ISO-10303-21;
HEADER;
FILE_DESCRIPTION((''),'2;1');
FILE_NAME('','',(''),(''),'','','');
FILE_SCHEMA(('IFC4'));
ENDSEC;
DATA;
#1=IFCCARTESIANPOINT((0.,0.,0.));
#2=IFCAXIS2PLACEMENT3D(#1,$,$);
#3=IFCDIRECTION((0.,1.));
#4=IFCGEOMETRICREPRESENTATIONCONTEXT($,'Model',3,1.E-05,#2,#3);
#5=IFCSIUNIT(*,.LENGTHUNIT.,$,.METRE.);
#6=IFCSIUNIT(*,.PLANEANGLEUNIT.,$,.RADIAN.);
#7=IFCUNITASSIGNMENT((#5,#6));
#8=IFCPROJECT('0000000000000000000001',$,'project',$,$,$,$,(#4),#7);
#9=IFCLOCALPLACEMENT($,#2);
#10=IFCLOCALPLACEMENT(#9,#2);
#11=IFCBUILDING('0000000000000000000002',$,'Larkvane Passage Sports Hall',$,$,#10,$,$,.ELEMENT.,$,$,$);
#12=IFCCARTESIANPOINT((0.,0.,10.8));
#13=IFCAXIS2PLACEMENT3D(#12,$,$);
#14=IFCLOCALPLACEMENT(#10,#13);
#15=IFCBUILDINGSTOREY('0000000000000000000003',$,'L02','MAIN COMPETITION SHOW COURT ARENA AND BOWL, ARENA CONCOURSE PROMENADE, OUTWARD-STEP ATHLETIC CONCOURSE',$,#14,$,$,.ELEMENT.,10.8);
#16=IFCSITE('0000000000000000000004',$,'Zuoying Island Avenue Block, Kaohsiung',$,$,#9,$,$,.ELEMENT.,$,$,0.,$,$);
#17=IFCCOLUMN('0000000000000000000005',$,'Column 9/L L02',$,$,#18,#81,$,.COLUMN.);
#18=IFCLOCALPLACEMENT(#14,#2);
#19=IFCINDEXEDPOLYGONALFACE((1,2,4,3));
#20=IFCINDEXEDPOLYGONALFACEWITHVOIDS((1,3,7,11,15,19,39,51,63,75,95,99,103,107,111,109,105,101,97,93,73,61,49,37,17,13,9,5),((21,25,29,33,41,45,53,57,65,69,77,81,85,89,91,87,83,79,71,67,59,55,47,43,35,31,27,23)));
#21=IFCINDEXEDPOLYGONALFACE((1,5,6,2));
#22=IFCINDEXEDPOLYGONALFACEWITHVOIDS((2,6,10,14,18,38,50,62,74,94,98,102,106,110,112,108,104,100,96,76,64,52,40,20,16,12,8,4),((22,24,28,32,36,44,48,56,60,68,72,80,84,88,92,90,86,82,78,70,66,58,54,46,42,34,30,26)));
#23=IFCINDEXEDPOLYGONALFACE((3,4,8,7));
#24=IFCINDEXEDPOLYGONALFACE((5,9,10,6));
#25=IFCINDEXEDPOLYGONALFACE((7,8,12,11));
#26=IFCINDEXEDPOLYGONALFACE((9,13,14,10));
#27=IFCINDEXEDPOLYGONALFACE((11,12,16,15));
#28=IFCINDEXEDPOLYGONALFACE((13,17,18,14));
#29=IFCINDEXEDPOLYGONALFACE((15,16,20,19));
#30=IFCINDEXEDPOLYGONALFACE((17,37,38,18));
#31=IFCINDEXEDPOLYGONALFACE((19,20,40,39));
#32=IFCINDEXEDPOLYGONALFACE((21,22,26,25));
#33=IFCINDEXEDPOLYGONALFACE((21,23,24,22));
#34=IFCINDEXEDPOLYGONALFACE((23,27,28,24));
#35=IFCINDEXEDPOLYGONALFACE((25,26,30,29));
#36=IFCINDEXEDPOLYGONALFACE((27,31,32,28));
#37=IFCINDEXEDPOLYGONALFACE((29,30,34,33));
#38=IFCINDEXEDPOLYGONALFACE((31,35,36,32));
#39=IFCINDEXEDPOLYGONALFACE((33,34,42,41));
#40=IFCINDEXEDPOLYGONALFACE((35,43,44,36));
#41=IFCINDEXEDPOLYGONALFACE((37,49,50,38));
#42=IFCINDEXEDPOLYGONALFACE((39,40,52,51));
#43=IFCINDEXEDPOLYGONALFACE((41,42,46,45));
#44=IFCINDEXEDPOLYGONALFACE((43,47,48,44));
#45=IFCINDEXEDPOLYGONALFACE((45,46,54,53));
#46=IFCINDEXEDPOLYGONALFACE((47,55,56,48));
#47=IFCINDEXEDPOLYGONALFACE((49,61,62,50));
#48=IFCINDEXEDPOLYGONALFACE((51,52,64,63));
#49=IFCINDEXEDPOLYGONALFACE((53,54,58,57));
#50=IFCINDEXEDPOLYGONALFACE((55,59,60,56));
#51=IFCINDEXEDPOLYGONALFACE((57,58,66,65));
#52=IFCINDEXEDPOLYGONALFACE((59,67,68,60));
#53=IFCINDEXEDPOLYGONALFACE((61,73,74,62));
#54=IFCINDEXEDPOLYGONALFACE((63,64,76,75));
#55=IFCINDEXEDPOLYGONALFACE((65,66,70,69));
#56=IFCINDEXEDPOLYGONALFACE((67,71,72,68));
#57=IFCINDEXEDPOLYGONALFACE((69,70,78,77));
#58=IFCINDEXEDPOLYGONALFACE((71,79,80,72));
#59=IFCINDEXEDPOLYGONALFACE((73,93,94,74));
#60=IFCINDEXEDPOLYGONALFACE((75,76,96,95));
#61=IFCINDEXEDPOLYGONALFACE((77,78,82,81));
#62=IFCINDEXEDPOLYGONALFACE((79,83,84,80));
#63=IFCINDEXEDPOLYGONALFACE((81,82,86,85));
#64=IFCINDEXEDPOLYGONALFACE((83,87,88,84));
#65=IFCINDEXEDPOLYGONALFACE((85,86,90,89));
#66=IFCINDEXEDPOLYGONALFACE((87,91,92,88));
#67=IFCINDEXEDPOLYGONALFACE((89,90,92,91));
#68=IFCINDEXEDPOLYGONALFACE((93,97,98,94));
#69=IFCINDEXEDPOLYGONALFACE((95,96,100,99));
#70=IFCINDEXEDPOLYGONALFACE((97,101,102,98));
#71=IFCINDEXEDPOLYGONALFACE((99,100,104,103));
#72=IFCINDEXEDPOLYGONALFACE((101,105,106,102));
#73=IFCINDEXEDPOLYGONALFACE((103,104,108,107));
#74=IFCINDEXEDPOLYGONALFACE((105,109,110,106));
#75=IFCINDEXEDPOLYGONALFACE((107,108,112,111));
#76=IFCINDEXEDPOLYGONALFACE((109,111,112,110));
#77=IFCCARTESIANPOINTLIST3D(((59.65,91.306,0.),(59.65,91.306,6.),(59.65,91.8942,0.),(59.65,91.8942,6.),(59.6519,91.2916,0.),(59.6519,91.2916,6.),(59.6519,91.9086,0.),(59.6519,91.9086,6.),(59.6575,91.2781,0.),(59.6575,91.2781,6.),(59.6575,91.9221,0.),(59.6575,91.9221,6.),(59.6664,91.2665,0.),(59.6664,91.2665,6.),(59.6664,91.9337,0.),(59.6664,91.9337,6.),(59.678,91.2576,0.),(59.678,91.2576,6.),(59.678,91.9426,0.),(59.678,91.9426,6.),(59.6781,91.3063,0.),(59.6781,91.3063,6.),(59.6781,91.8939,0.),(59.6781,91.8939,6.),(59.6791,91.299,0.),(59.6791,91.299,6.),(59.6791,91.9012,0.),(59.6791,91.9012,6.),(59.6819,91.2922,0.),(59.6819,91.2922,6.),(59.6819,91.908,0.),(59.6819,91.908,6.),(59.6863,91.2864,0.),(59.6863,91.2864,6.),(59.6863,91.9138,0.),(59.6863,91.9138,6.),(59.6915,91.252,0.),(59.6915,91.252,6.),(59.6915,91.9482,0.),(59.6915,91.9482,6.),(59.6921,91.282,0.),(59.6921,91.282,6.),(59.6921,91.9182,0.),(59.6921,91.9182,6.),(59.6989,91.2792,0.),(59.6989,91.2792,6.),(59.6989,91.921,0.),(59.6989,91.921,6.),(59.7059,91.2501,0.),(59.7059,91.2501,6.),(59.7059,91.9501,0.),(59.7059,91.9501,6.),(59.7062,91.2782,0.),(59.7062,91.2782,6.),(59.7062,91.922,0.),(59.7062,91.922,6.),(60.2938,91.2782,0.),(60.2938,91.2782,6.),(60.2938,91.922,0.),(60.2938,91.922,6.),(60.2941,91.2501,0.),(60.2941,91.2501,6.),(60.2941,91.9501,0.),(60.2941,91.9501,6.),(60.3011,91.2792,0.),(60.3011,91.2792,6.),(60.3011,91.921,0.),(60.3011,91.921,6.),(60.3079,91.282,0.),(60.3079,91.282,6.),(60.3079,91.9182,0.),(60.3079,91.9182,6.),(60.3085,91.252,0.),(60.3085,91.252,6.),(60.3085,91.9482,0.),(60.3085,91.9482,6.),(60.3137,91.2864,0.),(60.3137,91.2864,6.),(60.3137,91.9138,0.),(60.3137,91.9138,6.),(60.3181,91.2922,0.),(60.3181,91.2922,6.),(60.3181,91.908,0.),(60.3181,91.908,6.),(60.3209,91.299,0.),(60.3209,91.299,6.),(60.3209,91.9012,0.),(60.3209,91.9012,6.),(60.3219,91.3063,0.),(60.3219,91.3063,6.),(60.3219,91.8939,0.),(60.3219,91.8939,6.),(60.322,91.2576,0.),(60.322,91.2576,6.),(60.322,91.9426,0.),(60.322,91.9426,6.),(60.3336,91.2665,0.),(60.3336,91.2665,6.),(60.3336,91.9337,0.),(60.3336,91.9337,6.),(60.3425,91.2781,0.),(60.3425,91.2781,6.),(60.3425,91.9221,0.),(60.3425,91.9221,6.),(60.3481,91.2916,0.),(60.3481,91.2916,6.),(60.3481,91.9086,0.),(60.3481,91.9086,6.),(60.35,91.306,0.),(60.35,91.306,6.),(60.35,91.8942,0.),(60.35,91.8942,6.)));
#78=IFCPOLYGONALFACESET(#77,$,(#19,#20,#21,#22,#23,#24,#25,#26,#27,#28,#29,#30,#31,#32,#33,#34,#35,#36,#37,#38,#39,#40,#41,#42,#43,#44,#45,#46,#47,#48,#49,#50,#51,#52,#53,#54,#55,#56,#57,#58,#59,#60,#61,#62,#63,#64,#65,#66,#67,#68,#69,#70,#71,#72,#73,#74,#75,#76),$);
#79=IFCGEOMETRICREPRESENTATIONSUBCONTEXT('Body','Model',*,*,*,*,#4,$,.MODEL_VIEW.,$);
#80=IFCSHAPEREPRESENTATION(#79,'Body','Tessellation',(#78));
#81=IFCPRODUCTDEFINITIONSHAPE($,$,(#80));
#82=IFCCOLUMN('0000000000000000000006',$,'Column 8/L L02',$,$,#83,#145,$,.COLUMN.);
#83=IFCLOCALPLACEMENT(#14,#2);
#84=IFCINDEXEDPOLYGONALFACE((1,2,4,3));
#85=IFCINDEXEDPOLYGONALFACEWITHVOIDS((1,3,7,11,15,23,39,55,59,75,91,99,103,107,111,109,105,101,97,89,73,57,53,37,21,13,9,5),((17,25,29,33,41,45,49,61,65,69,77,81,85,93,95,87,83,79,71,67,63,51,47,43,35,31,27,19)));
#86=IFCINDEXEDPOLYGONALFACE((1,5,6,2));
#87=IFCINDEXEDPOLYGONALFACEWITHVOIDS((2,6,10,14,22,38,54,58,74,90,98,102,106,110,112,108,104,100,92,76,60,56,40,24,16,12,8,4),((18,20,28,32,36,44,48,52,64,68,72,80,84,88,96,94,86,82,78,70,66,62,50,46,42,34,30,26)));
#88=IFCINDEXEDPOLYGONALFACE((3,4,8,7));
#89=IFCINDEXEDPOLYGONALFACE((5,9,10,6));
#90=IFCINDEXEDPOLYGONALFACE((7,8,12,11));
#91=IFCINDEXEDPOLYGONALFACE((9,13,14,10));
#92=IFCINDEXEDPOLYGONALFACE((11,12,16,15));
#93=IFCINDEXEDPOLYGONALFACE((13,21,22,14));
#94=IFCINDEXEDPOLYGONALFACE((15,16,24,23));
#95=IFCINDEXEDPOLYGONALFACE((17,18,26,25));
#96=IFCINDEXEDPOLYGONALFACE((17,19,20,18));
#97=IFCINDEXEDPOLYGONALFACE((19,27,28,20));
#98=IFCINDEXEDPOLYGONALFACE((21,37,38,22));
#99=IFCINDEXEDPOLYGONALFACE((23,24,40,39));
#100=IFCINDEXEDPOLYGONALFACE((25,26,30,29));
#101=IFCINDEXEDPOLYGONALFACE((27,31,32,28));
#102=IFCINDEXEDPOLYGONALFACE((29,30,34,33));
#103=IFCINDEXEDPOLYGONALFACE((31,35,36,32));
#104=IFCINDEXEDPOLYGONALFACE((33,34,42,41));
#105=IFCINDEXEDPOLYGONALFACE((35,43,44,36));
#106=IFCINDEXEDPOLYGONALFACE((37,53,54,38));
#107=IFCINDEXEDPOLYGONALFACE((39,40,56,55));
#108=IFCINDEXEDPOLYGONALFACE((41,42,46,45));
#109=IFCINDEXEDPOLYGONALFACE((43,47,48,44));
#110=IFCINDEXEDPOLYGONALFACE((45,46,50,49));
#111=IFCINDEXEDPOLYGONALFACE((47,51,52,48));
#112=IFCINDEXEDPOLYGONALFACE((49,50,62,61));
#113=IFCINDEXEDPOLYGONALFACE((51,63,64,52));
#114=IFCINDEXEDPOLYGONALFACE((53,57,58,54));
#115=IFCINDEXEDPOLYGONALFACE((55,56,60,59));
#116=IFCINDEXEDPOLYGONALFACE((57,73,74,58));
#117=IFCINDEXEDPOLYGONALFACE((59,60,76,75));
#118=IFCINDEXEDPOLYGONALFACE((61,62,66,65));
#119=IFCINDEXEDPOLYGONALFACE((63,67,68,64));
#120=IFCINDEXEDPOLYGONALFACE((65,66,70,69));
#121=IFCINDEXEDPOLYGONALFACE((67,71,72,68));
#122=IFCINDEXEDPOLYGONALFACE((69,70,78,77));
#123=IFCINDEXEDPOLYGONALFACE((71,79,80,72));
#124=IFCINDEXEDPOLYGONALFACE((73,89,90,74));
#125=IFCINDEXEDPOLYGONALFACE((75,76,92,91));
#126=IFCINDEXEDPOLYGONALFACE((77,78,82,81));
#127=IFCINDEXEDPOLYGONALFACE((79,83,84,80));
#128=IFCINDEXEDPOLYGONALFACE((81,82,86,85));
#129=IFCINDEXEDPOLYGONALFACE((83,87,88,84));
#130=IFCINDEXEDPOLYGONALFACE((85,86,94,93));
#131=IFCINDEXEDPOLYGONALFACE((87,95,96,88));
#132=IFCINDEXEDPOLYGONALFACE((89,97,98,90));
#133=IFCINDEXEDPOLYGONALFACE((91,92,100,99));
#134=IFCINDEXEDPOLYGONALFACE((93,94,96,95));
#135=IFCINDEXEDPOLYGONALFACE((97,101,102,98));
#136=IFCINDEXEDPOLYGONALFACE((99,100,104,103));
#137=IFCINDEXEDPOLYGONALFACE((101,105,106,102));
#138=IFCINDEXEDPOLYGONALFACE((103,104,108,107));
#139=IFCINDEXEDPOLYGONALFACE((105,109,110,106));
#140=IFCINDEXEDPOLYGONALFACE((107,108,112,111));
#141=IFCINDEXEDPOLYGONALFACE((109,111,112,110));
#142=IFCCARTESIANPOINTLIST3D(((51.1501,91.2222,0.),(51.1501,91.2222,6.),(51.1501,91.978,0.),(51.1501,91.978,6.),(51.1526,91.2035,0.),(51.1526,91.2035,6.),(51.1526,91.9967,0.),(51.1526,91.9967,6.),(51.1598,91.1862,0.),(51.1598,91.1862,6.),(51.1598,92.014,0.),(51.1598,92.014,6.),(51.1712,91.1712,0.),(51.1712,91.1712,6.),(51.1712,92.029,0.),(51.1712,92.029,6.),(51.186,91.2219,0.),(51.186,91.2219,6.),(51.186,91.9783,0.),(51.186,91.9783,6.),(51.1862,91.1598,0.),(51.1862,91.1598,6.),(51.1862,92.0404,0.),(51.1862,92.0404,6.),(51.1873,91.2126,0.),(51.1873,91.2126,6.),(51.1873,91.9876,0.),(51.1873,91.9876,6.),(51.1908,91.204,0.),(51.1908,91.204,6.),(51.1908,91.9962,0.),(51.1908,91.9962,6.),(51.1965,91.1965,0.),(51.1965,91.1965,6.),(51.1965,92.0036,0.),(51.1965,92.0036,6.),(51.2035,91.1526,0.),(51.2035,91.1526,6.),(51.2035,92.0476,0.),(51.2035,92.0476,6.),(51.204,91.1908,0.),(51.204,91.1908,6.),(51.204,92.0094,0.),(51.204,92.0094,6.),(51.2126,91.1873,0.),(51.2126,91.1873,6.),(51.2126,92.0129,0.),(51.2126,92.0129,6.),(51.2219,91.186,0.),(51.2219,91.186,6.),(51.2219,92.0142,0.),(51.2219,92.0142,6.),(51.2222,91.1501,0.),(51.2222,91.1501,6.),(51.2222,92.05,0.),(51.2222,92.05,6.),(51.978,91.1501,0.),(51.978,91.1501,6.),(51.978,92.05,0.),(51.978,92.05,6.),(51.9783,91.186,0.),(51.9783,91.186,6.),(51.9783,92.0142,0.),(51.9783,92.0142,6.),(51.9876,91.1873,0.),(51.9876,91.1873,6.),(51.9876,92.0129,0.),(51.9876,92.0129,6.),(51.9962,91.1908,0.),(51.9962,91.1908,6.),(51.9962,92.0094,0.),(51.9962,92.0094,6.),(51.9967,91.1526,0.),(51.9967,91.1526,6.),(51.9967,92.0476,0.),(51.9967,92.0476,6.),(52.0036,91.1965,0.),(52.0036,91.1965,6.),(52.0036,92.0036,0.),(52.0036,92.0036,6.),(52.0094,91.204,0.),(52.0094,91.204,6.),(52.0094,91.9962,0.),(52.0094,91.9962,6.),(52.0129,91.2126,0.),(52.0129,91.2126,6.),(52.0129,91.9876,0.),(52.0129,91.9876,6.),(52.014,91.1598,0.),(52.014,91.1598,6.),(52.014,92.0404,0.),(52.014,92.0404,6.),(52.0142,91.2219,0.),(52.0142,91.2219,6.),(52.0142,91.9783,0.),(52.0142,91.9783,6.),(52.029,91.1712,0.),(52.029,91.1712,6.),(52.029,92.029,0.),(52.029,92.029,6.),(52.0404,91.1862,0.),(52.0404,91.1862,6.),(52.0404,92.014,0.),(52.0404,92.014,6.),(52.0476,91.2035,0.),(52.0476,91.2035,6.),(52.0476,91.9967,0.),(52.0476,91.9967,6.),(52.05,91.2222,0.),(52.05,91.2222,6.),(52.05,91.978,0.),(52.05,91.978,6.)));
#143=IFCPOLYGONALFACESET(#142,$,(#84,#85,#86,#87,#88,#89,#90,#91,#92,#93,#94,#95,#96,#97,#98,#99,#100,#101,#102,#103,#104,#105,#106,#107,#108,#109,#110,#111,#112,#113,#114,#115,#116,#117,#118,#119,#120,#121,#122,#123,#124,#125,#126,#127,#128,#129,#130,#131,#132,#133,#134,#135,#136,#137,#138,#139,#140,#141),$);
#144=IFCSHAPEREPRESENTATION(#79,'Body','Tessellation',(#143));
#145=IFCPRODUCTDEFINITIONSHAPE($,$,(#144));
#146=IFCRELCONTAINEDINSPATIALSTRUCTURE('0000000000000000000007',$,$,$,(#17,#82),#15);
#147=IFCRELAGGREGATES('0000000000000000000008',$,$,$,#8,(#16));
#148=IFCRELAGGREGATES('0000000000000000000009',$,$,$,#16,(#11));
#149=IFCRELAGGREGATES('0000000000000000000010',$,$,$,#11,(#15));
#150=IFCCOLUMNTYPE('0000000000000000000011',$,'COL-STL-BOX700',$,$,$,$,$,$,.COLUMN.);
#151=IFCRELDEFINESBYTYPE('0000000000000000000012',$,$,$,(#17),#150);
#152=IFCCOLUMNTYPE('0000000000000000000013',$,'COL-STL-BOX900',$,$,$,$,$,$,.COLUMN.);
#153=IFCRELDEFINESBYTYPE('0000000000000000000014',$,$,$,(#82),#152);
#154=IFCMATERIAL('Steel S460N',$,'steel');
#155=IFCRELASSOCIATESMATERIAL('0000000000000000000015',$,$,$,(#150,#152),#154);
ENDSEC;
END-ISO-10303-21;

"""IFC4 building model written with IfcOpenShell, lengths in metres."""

from ifc_helpers import new_model, si_unit, direction, frame, origin, origin_2d, place, context, subcontext, project, spatial, hollow_rectangle, extrude, material, material_profile, profile_set, type_object, element, save


model = new_model("IFC4")

# Units and contexts
model_context = context("Model", 3, precision=1e-05, world=origin(), true_north=direction((0.0, 1.0)))
body_context = subcontext(model_context, "Body", "Model", "MODEL_VIEW")
ifc_project = project(units=[si_unit("LENGTHUNIT", "METRE"), si_unit("PLANEANGLEUNIT", "RADIAN")], contexts=[model_context])

# Site, building, storey
site_placement = place(None, origin())
site = spatial("IfcSite", under=ifc_project, at=site_placement, Name="Zuoying Island Avenue Block, Kaohsiung", CompositionType="ELEMENT", RefElevation=0.0)
building_placement = place(site_placement, origin())
building = spatial("IfcBuilding", under=site, at=building_placement, Name="Larkvane Passage Sports Hall", CompositionType="ELEMENT")
storey_placement = place(building_placement, frame((0.0, 0.0, 10.8)))
storey = spatial("IfcBuildingStorey", under=building, at=storey_placement, Name="L02", Description="MAIN COMPETITION SHOW COURT ARENA AND BOWL, ARENA CONCOURSE PROMENADE, OUTWARD-STEP ATHLETIC CONCOURSE", CompositionType="ELEMENT", Elevation=10.8)

# Columns
ifc_material_1 = material(Name="Steel S460N", Category="steel")
ifc_material_profile_1 = material_profile(ifc_material_1, hollow_rectangle(XDim=0.7, YDim=0.7, WallThickness=0.0281, InnerFilletRadius=0.0281, OuterFilletRadius=0.0559, at=origin_2d()), Name="BOX-700x700x28")
ifc_profile_set_1 = profile_set([ifc_material_profile_1], Name="Steel S460N")
column_type_1 = type_object("IfcColumnType", Name="COL-STL-BOX700", PredefinedType="COLUMN", material=ifc_profile_set_1)
column_placement = place(storey_placement, frame((60.0, 91.6001, 0.0), z_axis=(0.0, 0.0, 1.0), x_axis=(1.0, 0.0, 0.0)))
element("IfcColumn", 1, at=column_placement, inside=storey, type_object=column_type_1, Name="Column 9/L L02", PredefinedType="COLUMN", context=body_context, shape_type="SweptSolid", body=[
    extrude(hollow_rectangle(XDim=0.7, YDim=0.7, WallThickness=0.0281, InnerFilletRadius=0.0281, OuterFilletRadius=0.0559, at=origin_2d()), origin(), (0.0, 0.0, 1.0), 6.0),
])
ifc_material_profile_2 = material_profile(ifc_material_1, hollow_rectangle(XDim=0.8999, YDim=0.8999, WallThickness=0.0359, InnerFilletRadius=0.0359, OuterFilletRadius=0.072, at=origin_2d()), Name="BOX-900x900x36")
ifc_profile_set_2 = profile_set([ifc_material_profile_2], Name="Steel S460N")
column_type_2 = type_object("IfcColumnType", Name="COL-STL-BOX900", PredefinedType="COLUMN", material=ifc_profile_set_2)
for number, where, z_axis, x_axis, name in (
    (2, (51.6001, 91.6001, 0.0), (0.0, 0.0, 1.0), (1.0, 0.0, 0.0), "Column 8/L L02"),
):
    element("IfcColumn", number, at=place(storey_placement, frame(where, z_axis=z_axis, x_axis=x_axis)), inside=storey, type_object=column_type_2, Name=name, PredefinedType="COLUMN", context=body_context, shape_type="SweptSolid", body=[
        extrude(hollow_rectangle(XDim=0.8999, YDim=0.8999, WallThickness=0.0359, InnerFilletRadius=0.0359, OuterFilletRadius=0.072, at=origin_2d()), origin(), (0.0, 0.0, 1.0), 6.0),
    ])

save(model, "model.ifc")
